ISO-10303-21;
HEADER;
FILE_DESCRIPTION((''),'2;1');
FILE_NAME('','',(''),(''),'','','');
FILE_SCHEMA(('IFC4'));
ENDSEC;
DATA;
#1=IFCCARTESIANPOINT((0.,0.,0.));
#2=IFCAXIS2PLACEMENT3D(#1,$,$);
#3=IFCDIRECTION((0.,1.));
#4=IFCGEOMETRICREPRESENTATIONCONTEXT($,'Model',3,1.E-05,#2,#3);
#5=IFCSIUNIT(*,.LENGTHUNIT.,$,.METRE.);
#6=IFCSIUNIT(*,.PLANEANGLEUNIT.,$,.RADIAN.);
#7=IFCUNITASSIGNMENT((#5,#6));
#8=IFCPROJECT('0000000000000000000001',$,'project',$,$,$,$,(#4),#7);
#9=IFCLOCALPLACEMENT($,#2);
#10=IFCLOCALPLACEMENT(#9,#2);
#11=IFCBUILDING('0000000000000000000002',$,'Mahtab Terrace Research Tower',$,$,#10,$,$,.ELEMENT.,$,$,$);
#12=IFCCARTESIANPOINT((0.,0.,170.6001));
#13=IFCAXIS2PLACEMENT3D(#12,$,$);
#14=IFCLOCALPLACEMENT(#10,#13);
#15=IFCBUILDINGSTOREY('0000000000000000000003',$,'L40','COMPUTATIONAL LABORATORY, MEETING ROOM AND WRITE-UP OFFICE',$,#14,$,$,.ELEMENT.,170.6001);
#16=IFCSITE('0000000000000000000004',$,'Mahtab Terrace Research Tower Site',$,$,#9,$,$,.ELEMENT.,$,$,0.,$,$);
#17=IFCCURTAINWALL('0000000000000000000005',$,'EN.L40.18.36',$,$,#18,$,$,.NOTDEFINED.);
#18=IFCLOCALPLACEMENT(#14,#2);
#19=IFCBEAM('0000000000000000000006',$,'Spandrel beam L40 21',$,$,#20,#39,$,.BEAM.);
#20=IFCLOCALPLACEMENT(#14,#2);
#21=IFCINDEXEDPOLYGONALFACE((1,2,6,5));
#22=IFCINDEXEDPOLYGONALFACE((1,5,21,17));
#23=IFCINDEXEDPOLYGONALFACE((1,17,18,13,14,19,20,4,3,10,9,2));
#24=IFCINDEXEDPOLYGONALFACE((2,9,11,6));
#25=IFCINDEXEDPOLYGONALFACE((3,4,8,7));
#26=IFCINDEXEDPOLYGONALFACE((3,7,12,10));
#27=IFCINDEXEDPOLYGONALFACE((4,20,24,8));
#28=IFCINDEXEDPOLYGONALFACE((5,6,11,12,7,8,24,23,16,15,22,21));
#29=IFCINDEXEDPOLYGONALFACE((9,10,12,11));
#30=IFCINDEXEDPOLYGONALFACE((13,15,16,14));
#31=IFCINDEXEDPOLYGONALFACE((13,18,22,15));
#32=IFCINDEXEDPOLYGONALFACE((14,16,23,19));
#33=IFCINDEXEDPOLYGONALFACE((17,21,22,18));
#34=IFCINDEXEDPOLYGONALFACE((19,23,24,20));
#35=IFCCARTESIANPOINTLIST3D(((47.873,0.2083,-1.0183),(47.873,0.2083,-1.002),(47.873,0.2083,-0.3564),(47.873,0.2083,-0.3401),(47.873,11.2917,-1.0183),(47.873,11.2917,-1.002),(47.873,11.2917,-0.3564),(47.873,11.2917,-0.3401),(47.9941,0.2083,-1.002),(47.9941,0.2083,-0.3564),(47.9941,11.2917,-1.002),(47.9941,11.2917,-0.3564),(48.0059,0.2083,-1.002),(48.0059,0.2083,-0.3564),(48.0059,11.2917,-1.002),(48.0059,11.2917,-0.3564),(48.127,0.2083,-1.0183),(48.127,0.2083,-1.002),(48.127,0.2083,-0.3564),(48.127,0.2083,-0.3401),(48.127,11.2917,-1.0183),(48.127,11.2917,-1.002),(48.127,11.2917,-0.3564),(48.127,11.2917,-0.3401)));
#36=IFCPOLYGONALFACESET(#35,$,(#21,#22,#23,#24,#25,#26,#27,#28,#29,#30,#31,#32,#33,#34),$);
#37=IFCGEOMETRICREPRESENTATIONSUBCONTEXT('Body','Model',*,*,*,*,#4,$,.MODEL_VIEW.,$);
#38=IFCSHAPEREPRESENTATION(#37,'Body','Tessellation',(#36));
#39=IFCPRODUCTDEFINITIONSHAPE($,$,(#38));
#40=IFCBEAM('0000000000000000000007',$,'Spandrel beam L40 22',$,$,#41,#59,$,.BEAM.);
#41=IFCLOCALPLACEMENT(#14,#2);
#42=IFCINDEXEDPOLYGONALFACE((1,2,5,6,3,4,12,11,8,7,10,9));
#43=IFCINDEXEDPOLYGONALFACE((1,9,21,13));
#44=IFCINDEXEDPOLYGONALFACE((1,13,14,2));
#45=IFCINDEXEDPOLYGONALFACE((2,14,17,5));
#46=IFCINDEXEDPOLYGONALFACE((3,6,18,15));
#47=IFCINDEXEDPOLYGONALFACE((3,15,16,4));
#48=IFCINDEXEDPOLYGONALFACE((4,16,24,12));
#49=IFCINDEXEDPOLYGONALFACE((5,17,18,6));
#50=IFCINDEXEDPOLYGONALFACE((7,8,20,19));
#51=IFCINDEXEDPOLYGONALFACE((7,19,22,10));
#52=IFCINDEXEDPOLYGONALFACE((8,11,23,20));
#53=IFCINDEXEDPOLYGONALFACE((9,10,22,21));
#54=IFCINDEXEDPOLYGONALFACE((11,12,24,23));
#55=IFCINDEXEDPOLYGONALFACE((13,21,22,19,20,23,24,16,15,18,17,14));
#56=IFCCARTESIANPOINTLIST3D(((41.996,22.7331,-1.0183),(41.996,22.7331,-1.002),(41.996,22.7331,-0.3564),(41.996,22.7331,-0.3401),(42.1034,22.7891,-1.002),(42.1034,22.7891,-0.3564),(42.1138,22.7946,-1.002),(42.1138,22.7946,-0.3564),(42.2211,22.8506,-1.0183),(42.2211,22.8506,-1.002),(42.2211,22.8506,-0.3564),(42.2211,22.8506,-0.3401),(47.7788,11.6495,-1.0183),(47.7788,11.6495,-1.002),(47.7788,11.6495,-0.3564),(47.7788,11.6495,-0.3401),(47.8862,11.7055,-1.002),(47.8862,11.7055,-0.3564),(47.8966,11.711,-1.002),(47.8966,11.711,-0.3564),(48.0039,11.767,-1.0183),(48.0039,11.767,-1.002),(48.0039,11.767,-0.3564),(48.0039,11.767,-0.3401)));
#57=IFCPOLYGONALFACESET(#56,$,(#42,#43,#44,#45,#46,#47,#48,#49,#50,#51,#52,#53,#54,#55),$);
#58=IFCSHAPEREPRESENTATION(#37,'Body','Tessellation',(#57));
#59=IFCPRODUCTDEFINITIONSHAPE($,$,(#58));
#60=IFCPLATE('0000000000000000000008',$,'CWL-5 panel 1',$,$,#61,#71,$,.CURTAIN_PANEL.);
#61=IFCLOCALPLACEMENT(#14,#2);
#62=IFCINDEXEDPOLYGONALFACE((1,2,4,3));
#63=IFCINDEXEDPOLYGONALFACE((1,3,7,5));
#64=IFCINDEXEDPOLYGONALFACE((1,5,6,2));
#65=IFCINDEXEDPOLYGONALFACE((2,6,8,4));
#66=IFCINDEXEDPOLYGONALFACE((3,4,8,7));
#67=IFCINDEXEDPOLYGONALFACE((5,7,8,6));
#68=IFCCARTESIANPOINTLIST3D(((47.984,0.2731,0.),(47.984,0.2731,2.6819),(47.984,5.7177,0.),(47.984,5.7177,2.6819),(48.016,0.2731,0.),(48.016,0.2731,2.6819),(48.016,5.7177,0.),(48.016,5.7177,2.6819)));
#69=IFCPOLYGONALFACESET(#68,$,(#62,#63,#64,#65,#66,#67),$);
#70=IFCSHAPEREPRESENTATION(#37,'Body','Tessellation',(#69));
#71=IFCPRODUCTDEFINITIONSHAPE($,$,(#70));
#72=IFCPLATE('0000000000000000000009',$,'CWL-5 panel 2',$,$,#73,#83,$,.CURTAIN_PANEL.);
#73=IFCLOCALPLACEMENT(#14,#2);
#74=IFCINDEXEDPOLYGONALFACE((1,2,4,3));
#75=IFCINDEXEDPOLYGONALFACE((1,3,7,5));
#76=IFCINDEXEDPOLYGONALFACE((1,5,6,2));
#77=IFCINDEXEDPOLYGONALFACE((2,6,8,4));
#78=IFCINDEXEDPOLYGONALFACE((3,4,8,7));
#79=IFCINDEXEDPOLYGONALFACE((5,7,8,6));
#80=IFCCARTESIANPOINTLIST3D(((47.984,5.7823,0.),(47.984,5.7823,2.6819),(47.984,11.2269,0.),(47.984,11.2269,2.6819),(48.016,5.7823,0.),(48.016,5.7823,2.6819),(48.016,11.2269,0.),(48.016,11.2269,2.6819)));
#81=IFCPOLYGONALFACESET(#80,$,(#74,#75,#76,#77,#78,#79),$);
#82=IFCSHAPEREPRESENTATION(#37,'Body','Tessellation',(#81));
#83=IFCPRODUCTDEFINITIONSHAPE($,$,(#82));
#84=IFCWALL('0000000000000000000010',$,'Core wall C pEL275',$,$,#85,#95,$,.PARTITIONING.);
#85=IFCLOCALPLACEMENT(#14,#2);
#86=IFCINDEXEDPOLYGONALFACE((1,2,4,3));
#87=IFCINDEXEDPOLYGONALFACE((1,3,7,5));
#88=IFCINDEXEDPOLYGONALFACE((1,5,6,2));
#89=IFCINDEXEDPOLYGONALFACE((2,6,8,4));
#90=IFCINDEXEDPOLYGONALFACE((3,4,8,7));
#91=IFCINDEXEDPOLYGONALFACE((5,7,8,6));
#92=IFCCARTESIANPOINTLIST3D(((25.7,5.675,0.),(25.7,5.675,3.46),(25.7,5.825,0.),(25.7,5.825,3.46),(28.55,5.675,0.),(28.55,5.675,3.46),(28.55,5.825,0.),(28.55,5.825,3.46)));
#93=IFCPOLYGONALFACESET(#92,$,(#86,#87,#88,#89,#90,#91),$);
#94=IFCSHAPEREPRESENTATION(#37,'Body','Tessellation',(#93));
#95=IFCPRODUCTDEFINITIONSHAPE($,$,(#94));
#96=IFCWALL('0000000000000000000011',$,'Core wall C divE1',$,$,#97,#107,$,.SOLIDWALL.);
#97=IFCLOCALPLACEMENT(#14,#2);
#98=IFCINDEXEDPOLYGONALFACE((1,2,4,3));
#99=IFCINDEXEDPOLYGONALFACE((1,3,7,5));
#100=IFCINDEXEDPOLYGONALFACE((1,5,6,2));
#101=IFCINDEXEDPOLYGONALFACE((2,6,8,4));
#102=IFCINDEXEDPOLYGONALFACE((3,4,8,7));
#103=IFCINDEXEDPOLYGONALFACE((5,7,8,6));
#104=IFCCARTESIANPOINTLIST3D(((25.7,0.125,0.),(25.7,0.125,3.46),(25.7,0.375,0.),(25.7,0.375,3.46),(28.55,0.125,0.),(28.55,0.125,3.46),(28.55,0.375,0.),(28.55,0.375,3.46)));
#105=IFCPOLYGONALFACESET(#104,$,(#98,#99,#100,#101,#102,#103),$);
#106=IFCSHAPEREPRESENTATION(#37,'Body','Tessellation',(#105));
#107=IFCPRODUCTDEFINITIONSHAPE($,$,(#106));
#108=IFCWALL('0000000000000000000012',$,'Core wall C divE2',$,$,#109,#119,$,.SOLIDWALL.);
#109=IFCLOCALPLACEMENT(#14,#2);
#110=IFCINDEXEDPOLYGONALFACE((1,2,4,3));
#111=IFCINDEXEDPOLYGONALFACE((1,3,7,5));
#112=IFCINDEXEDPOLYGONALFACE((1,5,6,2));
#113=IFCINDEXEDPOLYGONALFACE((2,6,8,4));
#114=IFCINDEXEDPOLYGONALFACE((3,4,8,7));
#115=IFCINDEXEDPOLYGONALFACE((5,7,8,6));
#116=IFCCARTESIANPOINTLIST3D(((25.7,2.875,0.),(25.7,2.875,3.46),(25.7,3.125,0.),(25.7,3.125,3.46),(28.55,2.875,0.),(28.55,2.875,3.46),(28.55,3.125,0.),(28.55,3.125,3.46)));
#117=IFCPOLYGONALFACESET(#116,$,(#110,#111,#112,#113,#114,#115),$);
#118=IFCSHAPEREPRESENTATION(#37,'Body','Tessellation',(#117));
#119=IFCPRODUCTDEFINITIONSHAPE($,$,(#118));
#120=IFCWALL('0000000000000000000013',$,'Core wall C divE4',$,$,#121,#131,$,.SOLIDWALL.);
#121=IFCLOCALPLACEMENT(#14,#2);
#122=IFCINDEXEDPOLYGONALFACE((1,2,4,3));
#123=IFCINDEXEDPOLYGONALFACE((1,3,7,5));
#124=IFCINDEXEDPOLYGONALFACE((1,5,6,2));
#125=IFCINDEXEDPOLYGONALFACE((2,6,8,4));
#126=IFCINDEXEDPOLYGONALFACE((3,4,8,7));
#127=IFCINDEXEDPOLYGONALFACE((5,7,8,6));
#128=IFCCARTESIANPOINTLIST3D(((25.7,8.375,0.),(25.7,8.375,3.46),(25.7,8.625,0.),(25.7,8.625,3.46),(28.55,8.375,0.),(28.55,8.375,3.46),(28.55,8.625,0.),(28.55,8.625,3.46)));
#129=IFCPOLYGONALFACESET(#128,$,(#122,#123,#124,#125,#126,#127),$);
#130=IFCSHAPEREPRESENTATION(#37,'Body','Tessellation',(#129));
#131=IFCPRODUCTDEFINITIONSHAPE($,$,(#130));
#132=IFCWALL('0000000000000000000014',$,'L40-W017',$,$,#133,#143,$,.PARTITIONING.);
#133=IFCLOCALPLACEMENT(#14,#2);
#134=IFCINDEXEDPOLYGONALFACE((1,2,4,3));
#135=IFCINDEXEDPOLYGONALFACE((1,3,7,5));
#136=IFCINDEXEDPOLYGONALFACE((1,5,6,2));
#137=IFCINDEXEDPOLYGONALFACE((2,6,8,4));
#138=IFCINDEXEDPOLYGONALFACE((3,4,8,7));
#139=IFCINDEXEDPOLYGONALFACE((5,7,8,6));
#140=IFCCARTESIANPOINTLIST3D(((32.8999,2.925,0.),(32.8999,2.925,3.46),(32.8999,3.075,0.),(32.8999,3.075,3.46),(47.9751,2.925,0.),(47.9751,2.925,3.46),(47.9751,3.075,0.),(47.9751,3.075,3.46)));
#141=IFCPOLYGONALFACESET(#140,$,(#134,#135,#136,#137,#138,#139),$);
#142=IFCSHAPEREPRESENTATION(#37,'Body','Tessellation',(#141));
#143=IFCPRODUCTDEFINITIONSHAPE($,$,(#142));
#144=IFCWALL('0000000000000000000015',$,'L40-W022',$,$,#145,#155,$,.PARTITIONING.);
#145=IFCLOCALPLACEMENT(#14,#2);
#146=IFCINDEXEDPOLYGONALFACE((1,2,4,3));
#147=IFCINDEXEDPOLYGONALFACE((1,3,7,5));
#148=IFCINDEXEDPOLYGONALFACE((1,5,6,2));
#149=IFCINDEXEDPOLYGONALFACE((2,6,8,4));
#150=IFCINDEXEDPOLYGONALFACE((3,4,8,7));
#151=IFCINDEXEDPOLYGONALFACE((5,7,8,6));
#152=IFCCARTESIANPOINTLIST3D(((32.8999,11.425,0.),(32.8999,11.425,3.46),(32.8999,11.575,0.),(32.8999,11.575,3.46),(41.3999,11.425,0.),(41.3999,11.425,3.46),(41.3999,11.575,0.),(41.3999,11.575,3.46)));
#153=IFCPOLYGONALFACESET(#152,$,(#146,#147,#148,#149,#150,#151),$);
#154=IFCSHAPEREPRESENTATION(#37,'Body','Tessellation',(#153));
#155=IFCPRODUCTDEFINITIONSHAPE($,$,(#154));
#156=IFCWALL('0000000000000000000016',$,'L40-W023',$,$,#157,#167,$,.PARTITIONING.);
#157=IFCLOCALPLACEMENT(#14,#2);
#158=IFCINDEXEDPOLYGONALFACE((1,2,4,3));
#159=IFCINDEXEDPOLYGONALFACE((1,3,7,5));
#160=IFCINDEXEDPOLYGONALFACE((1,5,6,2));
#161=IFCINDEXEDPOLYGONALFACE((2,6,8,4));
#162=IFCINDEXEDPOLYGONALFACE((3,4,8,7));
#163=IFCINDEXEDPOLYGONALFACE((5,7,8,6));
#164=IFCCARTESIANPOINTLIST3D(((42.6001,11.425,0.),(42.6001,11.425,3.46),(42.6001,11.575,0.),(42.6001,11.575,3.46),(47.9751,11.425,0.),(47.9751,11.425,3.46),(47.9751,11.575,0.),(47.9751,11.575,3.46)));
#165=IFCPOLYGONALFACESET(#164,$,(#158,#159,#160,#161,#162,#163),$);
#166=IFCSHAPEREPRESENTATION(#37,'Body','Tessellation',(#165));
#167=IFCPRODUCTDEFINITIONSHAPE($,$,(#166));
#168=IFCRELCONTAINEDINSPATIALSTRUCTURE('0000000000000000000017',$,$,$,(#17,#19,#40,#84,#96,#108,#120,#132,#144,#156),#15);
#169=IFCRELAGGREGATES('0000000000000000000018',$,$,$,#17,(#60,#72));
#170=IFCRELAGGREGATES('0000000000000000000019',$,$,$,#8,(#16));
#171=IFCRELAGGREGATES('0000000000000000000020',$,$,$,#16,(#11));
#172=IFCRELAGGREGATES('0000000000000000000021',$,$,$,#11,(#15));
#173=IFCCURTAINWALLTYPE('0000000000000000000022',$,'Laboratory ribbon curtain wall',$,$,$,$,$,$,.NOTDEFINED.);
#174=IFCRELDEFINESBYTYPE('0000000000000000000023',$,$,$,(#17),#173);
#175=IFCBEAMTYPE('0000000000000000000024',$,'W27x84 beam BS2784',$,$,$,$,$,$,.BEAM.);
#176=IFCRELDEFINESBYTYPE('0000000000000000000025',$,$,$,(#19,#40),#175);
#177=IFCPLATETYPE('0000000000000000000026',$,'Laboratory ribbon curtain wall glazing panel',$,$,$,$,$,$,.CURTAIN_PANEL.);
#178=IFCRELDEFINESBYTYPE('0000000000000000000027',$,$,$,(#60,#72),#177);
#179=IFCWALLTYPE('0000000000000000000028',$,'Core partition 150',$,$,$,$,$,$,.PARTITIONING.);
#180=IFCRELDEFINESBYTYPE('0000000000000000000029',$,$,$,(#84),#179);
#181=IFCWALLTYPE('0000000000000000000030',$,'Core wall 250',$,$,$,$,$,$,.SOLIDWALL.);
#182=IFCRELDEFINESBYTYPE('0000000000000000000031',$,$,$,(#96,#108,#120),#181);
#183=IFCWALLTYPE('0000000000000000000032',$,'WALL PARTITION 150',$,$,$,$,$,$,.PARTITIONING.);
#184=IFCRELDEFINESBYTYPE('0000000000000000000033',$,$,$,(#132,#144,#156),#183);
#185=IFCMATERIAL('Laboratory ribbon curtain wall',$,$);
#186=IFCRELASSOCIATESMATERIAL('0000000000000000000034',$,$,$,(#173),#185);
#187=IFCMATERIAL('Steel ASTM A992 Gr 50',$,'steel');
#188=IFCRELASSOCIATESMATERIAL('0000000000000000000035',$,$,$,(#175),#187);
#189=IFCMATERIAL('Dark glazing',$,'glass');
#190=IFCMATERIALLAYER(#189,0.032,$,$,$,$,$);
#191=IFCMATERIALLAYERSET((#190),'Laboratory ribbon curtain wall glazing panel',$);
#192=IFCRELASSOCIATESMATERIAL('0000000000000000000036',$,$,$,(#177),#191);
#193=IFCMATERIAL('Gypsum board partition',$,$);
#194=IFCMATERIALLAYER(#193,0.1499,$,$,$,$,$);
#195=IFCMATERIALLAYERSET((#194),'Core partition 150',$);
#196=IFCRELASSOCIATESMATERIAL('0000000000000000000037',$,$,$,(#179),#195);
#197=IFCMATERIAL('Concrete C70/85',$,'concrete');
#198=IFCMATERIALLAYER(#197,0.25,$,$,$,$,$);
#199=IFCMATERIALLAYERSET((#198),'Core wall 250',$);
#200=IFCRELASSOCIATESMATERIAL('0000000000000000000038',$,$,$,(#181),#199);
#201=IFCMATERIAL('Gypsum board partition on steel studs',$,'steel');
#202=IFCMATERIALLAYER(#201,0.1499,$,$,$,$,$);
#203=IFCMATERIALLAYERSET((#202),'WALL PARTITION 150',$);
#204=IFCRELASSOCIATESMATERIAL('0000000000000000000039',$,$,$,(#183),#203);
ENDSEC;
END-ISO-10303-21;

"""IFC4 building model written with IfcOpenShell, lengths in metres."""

from ifc_helpers import new_model, si_unit, direction, frame, frame_2d, origin, origin_2d, place, context, subcontext, project, spatial, rectangle, i_section, extrude, material, layer, layer_set, material_profile, profile_set, type_object, element, aggregate, save


model = new_model("IFC4")

# Units and contexts
model_context = context("Model", 3, precision=1e-05, world=origin(), true_north=direction((0.0, 1.0)))
body_context = subcontext(model_context, "Body", "Model", "MODEL_VIEW")
ifc_project = project(units=[si_unit("LENGTHUNIT", "METRE"), si_unit("PLANEANGLEUNIT", "RADIAN")], contexts=[model_context])

# Site, building, storey
site_placement = place(None, origin())
site = spatial("IfcSite", under=ifc_project, at=site_placement, Name="Mahtab Terrace Research Tower Site", CompositionType="ELEMENT", RefElevation=0.0)
building_placement = place(site_placement, origin())
building = spatial("IfcBuilding", under=site, at=building_placement, Name="Mahtab Terrace Research Tower", CompositionType="ELEMENT")
storey_placement = place(building_placement, frame((0.0, 0.0, 170.6001)))
storey = spatial("IfcBuildingStorey", under=building, at=storey_placement, Name="L40", Description="COMPUTATIONAL LABORATORY, MEETING ROOM AND WRITE-UP OFFICE", CompositionType="ELEMENT", Elevation=170.6001)

# Shared definitions
ifc_material_1 = material(Name="Concrete C70/85", Category="concrete")
ifc_material_2 = material(Name="Steel ASTM A992 Gr 50", Category="steel")

# Shared definitions
ifc_material_3 = material(Name="Laboratory ribbon curtain wall")
curtain_wall_type = type_object("IfcCurtainWallType", Name="Laboratory ribbon curtain wall", PredefinedType="NOTDEFINED", material=ifc_material_3)

# Curtain wall
curtain_wall_1_placement = place(storey_placement, origin())
curtain_wall_1 = element("IfcCurtainWall", 1, at=curtain_wall_1_placement, inside=storey, type_object=curtain_wall_type, Name="EN.L40.18.36", PredefinedType="NOTDEFINED")

# Beams
ifc_material_profile_1 = material_profile(ifc_material_2, i_section(OverallWidth=0.2539, OverallDepth=0.6782, WebThickness=0.0117, FlangeThickness=0.0164, at=origin_2d()), Name="W27X84")
ifc_profile_set_1 = profile_set([ifc_material_profile_1], Name="Steel ASTM A992 Gr 50")
beam_type = type_object("IfcBeamType", Name="W27x84 beam BS2784", PredefinedType="BEAM", material=ifc_profile_set_1)
beam_1_placement = place(storey_placement, frame((48.0, 0.2083, -0.6792), z_axis=(0.0, 1.0, 0.0), x_axis=(-1.0, 0.0, 0.0)))
element("IfcBeam", 2, at=beam_1_placement, inside=storey, type_object=beam_type, Name="Spandrel beam L40 21", PredefinedType="BEAM", context=body_context, shape_type="SweptSolid", body=[
    extrude(i_section(OverallWidth=0.2539, OverallDepth=0.6782, WebThickness=0.0117, FlangeThickness=0.0164, at=origin_2d()), origin(), (0.0, 0.0, 1.0), 11.0835),
])
beam_2_placement = place(storey_placement, frame((47.8914, 11.7083, -0.6792), z_axis=(-0.462567, 0.886584, 0.0), x_axis=(-0.886584, -0.462567, 0.0)))
element("IfcBeam", 3, at=beam_2_placement, inside=storey, type_object=beam_type, Name="Spandrel beam L40 22", PredefinedType="BEAM", context=body_context, shape_type="SweptSolid", body=[
    extrude(i_section(OverallWidth=0.2539, OverallDepth=0.6782, WebThickness=0.0117, FlangeThickness=0.0164, at=origin_2d()), origin(), (0.0, 0.0, 1.0), 12.5015),
])

# Plates
ifc_material_4 = material(Name="Dark glazing", Category="glass")
ifc_layer_1 = layer(ifc_material_4, 0.032)
ifc_layer_set_1 = layer_set([ifc_layer_1], Name="Laboratory ribbon curtain wall glazing panel")
plate_type = type_object("IfcPlateType", Name="Laboratory ribbon curtain wall glazing panel", PredefinedType="CURTAIN_PANEL", material=ifc_layer_set_1)
plate_1_placement = place(storey_placement, frame((48.0, 2.9954, 0.0), z_axis=(0.0, 0.0, 1.0), x_axis=(0.0, 1.0, 0.0)))
plate_1 = element("IfcPlate", 4, at=plate_1_placement, type_object=plate_type, Name="CWL-5 panel 1", PredefinedType="CURTAIN_PANEL", context=body_context, shape_type="SweptSolid", body=[
    extrude(rectangle(XDim=5.4446, YDim=0.032, at=origin_2d()), origin(), (0.0, 0.0, 1.0), 2.6819),
])
plate_2_placement = place(storey_placement, frame((48.0, 8.5046, 0.0), z_axis=(0.0, 0.0, 1.0), x_axis=(0.0, 1.0, 0.0)))
plate_2 = element("IfcPlate", 5, at=plate_2_placement, type_object=plate_type, Name="CWL-5 panel 2", PredefinedType="CURTAIN_PANEL", context=body_context, shape_type="SweptSolid", body=[
    extrude(rectangle(XDim=5.4446, YDim=0.032, at=origin_2d()), origin(), (0.0, 0.0, 1.0), 2.6819),
])
aggregate(curtain_wall_1, [plate_1, plate_2])

# Walls
ifc_material_5 = material(Name="Gypsum board partition")
ifc_layer_2 = layer(ifc_material_5, 0.1499)
ifc_layer_set_2 = layer_set([ifc_layer_2], Name="Core partition 150")
wall_type_1 = type_object("IfcWallType", Name="Core partition 150", PredefinedType="PARTITIONING", material=ifc_layer_set_2)
wall_1_placement = place(storey_placement, frame((25.7, 5.75, 0.0), z_axis=(0.0, 0.0, 1.0), x_axis=(1.0, 0.0, 0.0)))
element("IfcWall", 6, at=wall_1_placement, inside=storey, type_object=wall_type_1, Name="Core wall C pEL275", PredefinedType="PARTITIONING", context=body_context, shape_type="SweptSolid", body=[
    extrude(rectangle(XDim=2.8501, YDim=0.1499, at=frame_2d((1.425, 0.0))), origin(), (0.0, 0.0, 1.0), 3.46),
])
ifc_layer_3 = layer(ifc_material_1, 0.25)
ifc_layer_set_3 = layer_set([ifc_layer_3], Name="Core wall 250")
wall_type_2 = type_object("IfcWallType", Name="Core wall 250", PredefinedType="SOLIDWALL", material=ifc_layer_set_3)
for number, where, z_axis, x_axis, name in (
    (7, (25.7, 0.25, 0.0), (0.0, 0.0, 1.0), (1.0, 0.0, 0.0), "Core wall C divE1"),
    (8, (25.7, 3.0, 0.0), (0.0, 0.0, 1.0), (1.0, 0.0, 0.0), "Core wall C divE2"),
    (9, (25.7, 8.5, 0.0), (0.0, 0.0, 1.0), (1.0, 0.0, 0.0), "Core wall C divE4"),
):
    element("IfcWall", number, at=place(storey_placement, frame(where, z_axis=z_axis, x_axis=x_axis)), inside=storey, type_object=wall_type_2, Name=name, PredefinedType="SOLIDWALL", context=body_context, shape_type="SweptSolid", body=[
        extrude(rectangle(XDim=2.8501, YDim=0.25, at=frame_2d((1.425, 0.0))), origin(), (0.0, 0.0, 1.0), 3.46),
    ])
ifc_material_6 = material(Name="Gypsum board partition on steel studs", Category="steel")
ifc_layer_4 = layer(ifc_material_6, 0.1499)
ifc_layer_set_4 = layer_set([ifc_layer_4], Name="WALL PARTITION 150")
wall_type_3 = type_object("IfcWallType", Name="WALL PARTITION 150", PredefinedType="PARTITIONING", material=ifc_layer_set_4)
wall_2_placement = place(storey_placement, frame((32.8999, 3.0, 0.0), z_axis=(0.0, 0.0, 1.0), x_axis=(1.0, 0.0, 0.0)))
element("IfcWall", 10, at=wall_2_placement, inside=storey, type_object=wall_type_3, Name="L40-W017", PredefinedType="PARTITIONING", context=body_context, shape_type="SweptSolid", body=[
    extrude(rectangle(XDim=15.0752, YDim=0.1499, at=frame_2d((7.5376, 0.0))), origin(), (0.0, 0.0, 1.0), 3.46),
])
wall_3_placement = place(storey_placement, frame((32.8999, 11.5, 0.0), z_axis=(0.0, 0.0, 1.0), x_axis=(1.0, 0.0, 0.0)))
element("IfcWall", 11, at=wall_3_placement, inside=storey, type_object=wall_type_3, Name="L40-W022", PredefinedType="PARTITIONING", context=body_context, shape_type="SweptSolid", body=[
    extrude(rectangle(XDim=8.5, YDim=0.1499, at=frame_2d((4.25, 0.0))), origin(), (0.0, 0.0, 1.0), 3.46),
])
wall_4_placement = place(storey_placement, frame((42.6001, 11.5, 0.0), z_axis=(0.0, 0.0, 1.0), x_axis=(1.0, 0.0, 0.0)))
element("IfcWall", 12, at=wall_4_placement, inside=storey, type_object=wall_type_3, Name="L40-W023", PredefinedType="PARTITIONING", context=body_context, shape_type="SweptSolid", body=[
    extrude(rectangle(XDim=5.375, YDim=0.1499, at=frame_2d((2.6875, 0.0))), origin(), (0.0, 0.0, 1.0), 3.46),
])

save(model, "model.ifc")
